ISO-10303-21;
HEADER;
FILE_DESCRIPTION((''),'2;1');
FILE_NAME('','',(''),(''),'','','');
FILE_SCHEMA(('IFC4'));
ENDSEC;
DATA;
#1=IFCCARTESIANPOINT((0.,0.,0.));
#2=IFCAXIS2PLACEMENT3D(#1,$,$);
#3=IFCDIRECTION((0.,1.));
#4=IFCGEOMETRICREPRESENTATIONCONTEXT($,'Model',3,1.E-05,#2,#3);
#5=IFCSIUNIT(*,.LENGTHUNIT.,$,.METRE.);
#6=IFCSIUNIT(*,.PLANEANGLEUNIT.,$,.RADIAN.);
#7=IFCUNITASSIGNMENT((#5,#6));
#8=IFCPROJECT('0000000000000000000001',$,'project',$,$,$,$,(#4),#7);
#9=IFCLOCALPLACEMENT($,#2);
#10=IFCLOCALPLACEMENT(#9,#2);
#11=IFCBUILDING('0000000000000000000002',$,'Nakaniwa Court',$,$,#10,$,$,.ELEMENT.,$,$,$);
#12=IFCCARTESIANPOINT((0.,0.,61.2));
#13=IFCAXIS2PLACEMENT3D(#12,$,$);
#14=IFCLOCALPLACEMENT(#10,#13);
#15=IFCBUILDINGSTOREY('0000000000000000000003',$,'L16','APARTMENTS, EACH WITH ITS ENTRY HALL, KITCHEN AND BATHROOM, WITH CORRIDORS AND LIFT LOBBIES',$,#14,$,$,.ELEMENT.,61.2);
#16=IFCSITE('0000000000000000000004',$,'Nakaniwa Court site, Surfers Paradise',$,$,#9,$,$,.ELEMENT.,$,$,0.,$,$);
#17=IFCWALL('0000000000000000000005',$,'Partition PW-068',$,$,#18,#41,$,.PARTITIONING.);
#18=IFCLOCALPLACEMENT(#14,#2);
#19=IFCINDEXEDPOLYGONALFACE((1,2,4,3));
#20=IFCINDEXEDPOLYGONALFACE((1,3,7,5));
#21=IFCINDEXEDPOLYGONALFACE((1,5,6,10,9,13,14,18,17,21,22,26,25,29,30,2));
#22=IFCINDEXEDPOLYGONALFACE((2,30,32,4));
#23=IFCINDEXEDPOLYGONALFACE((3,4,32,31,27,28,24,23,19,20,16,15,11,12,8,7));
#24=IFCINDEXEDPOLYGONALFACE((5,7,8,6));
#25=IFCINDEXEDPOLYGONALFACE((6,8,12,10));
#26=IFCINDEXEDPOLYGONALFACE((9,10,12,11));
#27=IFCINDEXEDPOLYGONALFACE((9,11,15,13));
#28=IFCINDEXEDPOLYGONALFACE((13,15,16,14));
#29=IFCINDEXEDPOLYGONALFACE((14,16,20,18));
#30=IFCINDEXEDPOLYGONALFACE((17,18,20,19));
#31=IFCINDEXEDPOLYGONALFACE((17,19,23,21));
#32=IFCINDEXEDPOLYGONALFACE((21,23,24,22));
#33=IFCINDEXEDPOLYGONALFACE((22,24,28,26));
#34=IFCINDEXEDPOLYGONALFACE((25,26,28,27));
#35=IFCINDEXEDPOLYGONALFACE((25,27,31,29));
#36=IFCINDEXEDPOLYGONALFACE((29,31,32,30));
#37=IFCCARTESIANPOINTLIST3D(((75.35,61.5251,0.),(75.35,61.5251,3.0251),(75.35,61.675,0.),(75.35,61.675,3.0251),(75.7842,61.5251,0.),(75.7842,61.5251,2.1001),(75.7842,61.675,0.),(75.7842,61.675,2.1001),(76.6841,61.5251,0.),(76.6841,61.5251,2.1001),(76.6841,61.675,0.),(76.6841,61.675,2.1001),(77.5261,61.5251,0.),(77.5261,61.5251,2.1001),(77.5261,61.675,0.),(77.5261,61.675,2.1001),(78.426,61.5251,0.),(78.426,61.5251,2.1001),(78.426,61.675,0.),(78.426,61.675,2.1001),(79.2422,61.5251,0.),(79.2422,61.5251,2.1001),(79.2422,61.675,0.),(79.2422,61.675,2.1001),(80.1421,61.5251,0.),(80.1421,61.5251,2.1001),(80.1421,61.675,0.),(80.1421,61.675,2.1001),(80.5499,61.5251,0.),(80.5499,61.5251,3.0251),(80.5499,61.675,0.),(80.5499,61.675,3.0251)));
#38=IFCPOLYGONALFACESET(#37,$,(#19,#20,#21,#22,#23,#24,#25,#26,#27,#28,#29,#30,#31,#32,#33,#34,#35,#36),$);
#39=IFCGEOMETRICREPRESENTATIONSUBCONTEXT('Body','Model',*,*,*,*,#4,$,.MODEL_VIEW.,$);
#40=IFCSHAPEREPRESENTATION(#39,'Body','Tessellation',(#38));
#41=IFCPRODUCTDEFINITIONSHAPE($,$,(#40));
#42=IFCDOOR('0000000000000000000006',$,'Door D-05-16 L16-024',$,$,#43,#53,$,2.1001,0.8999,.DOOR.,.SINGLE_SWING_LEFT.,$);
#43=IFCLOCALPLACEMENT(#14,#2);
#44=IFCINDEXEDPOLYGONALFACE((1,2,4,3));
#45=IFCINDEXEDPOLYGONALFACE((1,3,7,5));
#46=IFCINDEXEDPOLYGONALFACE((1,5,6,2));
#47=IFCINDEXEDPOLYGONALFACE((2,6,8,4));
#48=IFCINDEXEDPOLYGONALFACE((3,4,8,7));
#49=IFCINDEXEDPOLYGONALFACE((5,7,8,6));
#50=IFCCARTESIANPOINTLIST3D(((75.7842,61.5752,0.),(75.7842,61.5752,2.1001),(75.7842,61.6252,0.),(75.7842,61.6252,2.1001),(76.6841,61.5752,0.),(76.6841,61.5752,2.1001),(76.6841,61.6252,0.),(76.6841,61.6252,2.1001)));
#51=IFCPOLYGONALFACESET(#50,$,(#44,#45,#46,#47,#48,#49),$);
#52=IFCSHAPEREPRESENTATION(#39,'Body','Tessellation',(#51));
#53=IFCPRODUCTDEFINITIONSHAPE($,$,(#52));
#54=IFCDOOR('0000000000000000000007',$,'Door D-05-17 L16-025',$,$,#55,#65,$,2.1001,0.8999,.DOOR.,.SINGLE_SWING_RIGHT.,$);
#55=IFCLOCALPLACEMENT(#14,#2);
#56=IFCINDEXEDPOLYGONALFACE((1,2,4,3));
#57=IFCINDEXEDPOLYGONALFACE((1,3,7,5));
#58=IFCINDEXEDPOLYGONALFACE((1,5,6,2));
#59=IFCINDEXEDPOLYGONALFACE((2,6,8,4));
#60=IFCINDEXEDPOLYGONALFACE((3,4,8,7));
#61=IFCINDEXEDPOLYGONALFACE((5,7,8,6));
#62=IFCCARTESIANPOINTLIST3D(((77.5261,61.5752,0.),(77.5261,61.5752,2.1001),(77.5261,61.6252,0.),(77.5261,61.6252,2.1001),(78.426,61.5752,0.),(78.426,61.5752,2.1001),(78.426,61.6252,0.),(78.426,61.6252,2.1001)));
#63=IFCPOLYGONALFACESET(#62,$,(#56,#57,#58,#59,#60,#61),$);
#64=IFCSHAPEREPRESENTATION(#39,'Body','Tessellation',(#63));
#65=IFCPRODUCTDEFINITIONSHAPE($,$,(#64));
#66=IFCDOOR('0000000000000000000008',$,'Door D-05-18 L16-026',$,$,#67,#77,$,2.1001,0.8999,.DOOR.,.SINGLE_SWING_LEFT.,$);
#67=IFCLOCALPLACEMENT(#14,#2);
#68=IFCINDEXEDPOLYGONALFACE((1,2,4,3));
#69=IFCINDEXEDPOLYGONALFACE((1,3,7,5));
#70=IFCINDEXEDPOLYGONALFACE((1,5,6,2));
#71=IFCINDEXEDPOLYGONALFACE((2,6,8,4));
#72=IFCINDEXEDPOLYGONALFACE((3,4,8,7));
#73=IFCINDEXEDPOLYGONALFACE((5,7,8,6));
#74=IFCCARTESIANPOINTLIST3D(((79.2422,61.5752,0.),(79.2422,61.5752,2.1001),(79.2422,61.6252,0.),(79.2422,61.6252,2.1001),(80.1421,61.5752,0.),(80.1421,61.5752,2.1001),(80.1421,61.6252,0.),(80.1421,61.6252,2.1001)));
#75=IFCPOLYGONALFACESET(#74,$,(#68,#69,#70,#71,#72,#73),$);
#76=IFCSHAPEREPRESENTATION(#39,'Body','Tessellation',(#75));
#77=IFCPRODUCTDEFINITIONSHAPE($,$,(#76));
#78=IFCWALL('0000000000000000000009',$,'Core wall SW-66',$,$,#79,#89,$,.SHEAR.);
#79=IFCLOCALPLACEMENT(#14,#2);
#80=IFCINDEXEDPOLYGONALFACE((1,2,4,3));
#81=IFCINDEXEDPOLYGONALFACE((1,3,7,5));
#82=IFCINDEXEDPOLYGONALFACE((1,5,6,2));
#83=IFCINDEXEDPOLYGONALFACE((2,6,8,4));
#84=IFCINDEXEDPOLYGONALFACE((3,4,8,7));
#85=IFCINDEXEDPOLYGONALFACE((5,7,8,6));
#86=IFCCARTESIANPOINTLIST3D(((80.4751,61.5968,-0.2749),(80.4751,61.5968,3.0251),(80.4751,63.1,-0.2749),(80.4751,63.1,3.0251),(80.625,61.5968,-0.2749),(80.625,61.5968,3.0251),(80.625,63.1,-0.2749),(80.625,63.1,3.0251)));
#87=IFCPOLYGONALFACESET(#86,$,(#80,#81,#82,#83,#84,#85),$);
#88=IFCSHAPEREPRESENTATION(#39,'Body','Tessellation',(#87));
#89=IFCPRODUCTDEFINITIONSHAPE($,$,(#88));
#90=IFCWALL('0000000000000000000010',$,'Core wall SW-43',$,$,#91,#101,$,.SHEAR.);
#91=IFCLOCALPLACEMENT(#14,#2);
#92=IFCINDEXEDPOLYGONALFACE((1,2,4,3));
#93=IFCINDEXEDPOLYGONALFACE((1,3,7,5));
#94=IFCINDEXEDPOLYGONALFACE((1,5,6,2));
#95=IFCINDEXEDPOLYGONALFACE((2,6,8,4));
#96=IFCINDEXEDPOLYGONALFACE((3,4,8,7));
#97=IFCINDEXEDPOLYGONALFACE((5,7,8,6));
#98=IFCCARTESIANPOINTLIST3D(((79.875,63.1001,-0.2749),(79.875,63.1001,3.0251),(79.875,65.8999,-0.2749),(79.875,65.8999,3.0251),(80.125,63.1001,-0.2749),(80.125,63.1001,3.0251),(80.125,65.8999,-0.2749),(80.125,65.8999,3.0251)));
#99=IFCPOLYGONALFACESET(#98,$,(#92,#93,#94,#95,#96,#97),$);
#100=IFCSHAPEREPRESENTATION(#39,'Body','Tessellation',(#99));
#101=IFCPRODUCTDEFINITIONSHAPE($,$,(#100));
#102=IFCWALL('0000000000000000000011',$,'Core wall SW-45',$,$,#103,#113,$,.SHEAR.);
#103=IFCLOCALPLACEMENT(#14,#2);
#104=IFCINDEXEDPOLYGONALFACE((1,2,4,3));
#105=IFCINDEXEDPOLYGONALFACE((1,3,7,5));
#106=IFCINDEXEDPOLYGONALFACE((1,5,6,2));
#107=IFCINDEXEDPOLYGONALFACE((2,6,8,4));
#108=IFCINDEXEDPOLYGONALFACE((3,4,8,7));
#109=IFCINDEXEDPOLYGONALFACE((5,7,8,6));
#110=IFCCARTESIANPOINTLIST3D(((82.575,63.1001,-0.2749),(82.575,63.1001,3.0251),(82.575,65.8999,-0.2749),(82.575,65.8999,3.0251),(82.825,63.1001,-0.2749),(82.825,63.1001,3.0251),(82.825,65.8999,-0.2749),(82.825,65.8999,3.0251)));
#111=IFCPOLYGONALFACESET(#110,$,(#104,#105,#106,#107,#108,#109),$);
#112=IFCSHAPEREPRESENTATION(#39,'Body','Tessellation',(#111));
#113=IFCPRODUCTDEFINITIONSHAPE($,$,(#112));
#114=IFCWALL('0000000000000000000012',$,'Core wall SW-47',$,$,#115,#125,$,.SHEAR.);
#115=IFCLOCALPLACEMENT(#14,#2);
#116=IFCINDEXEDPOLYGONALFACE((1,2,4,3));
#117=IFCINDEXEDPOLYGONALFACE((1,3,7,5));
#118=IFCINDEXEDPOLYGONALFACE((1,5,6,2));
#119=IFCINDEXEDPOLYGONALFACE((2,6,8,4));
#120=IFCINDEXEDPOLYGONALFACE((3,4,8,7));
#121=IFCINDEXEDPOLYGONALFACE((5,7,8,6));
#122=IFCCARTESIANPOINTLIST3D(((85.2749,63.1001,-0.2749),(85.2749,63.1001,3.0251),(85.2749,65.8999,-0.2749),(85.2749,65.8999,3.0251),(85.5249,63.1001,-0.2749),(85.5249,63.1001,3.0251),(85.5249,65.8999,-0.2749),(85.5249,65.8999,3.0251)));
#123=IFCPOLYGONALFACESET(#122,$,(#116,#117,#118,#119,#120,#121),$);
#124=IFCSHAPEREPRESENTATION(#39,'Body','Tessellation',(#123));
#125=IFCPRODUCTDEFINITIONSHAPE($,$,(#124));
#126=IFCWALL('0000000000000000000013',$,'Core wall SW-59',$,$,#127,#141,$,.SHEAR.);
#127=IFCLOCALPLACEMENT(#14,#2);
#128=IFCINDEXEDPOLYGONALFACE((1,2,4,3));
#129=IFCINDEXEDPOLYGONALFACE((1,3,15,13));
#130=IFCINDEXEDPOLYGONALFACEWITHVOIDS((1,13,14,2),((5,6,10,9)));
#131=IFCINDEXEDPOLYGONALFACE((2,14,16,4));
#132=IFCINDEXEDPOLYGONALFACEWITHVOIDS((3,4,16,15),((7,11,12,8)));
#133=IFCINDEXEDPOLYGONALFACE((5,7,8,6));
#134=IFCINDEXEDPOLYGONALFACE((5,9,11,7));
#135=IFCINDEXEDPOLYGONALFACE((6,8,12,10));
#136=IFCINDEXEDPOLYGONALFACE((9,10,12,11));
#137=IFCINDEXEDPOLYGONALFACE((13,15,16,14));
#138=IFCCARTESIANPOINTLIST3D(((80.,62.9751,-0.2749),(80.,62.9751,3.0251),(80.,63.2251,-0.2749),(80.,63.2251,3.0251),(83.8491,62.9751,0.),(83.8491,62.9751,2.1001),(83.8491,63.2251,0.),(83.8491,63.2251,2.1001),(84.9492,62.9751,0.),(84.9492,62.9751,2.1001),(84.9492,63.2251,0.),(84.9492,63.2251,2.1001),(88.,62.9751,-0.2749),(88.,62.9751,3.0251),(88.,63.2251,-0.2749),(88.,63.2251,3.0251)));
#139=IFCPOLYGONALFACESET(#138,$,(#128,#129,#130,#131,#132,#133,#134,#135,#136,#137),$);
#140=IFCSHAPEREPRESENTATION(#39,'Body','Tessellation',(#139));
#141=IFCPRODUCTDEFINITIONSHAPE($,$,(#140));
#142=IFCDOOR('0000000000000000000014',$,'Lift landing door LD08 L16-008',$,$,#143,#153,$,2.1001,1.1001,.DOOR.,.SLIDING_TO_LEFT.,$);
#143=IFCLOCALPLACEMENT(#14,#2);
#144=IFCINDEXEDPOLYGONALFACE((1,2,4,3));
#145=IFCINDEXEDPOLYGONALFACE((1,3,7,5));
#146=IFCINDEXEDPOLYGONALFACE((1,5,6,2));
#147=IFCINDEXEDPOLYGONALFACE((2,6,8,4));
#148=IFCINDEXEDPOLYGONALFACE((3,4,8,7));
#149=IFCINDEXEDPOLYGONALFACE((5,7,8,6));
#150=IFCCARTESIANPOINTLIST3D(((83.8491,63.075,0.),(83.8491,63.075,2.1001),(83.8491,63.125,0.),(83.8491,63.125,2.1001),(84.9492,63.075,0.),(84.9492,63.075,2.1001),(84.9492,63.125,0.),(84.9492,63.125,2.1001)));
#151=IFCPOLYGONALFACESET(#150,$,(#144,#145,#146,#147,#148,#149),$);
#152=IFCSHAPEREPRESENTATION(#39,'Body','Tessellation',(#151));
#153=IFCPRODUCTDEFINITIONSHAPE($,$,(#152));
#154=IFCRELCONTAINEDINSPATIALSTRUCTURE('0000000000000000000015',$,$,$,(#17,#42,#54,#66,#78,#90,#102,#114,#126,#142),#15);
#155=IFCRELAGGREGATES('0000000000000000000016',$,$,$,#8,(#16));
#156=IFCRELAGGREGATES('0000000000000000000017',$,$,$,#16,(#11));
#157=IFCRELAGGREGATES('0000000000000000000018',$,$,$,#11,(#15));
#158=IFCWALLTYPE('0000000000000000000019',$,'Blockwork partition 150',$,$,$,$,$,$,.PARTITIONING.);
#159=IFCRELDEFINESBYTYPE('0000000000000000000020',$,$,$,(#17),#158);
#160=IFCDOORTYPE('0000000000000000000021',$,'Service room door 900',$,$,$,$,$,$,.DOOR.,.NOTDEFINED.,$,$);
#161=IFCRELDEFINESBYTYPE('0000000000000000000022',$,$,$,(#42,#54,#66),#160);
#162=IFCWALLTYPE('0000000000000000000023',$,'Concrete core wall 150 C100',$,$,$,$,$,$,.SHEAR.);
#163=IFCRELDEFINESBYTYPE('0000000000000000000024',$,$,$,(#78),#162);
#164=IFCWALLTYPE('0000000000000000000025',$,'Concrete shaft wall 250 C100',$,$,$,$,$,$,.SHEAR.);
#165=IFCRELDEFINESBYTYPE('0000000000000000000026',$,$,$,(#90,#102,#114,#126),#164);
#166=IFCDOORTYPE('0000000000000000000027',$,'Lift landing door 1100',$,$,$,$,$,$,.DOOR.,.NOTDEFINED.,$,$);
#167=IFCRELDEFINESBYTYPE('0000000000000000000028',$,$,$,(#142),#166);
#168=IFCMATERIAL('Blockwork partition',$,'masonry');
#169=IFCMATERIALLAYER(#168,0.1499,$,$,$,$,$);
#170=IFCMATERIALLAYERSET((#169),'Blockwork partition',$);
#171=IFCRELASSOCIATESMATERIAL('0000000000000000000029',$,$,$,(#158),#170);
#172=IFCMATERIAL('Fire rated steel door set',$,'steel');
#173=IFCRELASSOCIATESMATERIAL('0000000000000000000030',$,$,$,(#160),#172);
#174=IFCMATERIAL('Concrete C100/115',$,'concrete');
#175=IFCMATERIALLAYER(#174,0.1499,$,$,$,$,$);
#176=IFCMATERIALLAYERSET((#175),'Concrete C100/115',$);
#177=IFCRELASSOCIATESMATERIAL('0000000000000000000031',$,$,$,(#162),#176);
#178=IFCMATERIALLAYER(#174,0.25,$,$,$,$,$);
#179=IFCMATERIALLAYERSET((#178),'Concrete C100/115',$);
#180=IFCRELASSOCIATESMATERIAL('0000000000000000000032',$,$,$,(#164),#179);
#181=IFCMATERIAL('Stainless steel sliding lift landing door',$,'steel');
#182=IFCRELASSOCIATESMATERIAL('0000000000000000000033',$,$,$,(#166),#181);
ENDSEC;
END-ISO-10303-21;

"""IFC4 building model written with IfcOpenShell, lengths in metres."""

from ifc_helpers import new_model, si_unit, direction, frame, frame_2d, origin, place, context, subcontext, project, spatial, rectangle, extrude, material, layer, layer_set, type_object, element, fill, save


model = new_model("IFC4")

# Units and contexts
model_context = context("Model", 3, precision=1e-05, world=origin(), true_north=direction((0.0, 1.0)))
body_context = subcontext(model_context, "Body", "Model", "MODEL_VIEW")
ifc_project = project(units=[si_unit("LENGTHUNIT", "METRE"), si_unit("PLANEANGLEUNIT", "RADIAN")], contexts=[model_context])

# Site, building, storey
site_placement = place(None, origin())
site = spatial("IfcSite", under=ifc_project, at=site_placement, Name="Nakaniwa Court site, Surfers Paradise", CompositionType="ELEMENT", RefElevation=0.0)
building_placement = place(site_placement, origin())
building = spatial("IfcBuilding", under=site, at=building_placement, Name="Nakaniwa Court", CompositionType="ELEMENT")
storey_placement = place(building_placement, frame((0.0, 0.0, 61.2)))
storey = spatial("IfcBuildingStorey", under=building, at=storey_placement, Name="L16", Description="APARTMENTS, EACH WITH ITS ENTRY HALL, KITCHEN AND BATHROOM, WITH CORRIDORS AND LIFT LOBBIES", CompositionType="ELEMENT", Elevation=61.2)

# Shared definitions
ifc_material_1 = material(Name="Blockwork partition", Category="masonry")
ifc_layer_1 = layer(ifc_material_1, 0.1499)
ifc_layer_set_1 = layer_set([ifc_layer_1], Name="Blockwork partition")
wall_type_1 = type_object("IfcWallType", Name="Blockwork partition 150", PredefinedType="PARTITIONING", material=ifc_layer_set_1)
ifc_material_2 = material(Name="Fire rated steel door set", Category="steel")

# Wall, openings, doors
wall_1_placement = place(storey_placement, frame((80.55, 61.6001, 0.0), z_axis=(0.0, 0.0, 1.0), x_axis=(-1.0, 0.0, 0.0)))
wall_1 = element("IfcWall", 1, at=wall_1_placement, inside=storey, type_object=wall_type_1, Name="Partition PW-068", PredefinedType="PARTITIONING", context=body_context, shape_type="SweptSolid", body=[
    extrude(rectangle(XDim=5.2, YDim=0.1499, at=frame_2d((2.6001, 0.0))), origin(), (0.0, 0.0, 1.0), 3.0251),
])
opening_1_placement = place(wall_1_placement, frame((3.866, 0.0, 0.0)))
opening_1 = element("IfcOpeningElement", 2, at=opening_1_placement, cuts=wall_1, PredefinedType="OPENING", context=body_context, shape_type="SweptSolid", body=[
    extrude(rectangle(XDim=0.8999, YDim=2.1001, at=frame_2d((0.45, 1.05))), frame((0.0, 0.085, 0.0), z_axis=(0.0, -1.0, 0.0), x_axis=(1.0, 0.0, 0.0)), (0.0, 0.0, 1.0), 0.1699),
])
opening_2_placement = place(wall_1_placement, frame((2.124, 0.0, 0.0)))
opening_2 = element("IfcOpeningElement", 3, at=opening_2_placement, cuts=wall_1, PredefinedType="OPENING", context=body_context, shape_type="SweptSolid", body=[
    extrude(rectangle(XDim=0.8999, YDim=2.1001, at=frame_2d((0.45, 1.05))), frame((0.0, 0.085, 0.0), z_axis=(0.0, -1.0, 0.0), x_axis=(1.0, 0.0, 0.0)), (0.0, 0.0, 1.0), 0.1699),
])
opening_3_placement = place(wall_1_placement, frame((0.408, 0.0, 0.0)))
opening_3 = element("IfcOpeningElement", 4, at=opening_3_placement, cuts=wall_1, PredefinedType="OPENING", context=body_context, shape_type="SweptSolid", body=[
    extrude(rectangle(XDim=0.8999, YDim=2.1001, at=frame_2d((0.45, 1.05))), frame((0.0, 0.085, 0.0), z_axis=(0.0, -1.0, 0.0), x_axis=(1.0, 0.0, 0.0)), (0.0, 0.0, 1.0), 0.1699),
])
door_type_1 = type_object("IfcDoorType", Name="Service room door 900", OperationType="NOTDEFINED", PredefinedType="DOOR", material=ifc_material_2)
door_1_placement = place(opening_1_placement, origin())
door_1 = element("IfcDoor", 5, at=door_1_placement, inside=storey, type_object=door_type_1, Name="Door D-05-16 L16-024", OperationType="SINGLE_SWING_LEFT", OverallHeight=2.1001, OverallWidth=0.8999, PredefinedType="DOOR", context=body_context, shape_type="SweptSolid", body=[
    extrude(rectangle(XDim=0.8999, YDim=2.1001, at=frame_2d((0.45, 1.05))), frame((0.0, 0.0249, 0.0), z_axis=(0.0, -1.0, 0.0), x_axis=(1.0, 0.0, 0.0)), (0.0, 0.0, 1.0), 0.05),
])
fill(opening_1, door_1)
door_2_placement = place(opening_2_placement, origin())
door_2 = element("IfcDoor", 6, at=door_2_placement, inside=storey, type_object=door_type_1, Name="Door D-05-17 L16-025", OperationType="SINGLE_SWING_RIGHT", OverallHeight=2.1001, OverallWidth=0.8999, PredefinedType="DOOR", context=body_context, shape_type="SweptSolid", body=[
    extrude(rectangle(XDim=0.8999, YDim=2.1001, at=frame_2d((0.45, 1.05))), frame((0.0, 0.0249, 0.0), z_axis=(0.0, -1.0, 0.0), x_axis=(1.0, 0.0, 0.0)), (0.0, 0.0, 1.0), 0.05),
])
fill(opening_2, door_2)
door_3_placement = place(opening_3_placement, origin())
door_3 = element("IfcDoor", 7, at=door_3_placement, inside=storey, type_object=door_type_1, Name="Door D-05-18 L16-026", OperationType="SINGLE_SWING_LEFT", OverallHeight=2.1001, OverallWidth=0.8999, PredefinedType="DOOR", context=body_context, shape_type="SweptSolid", body=[
    extrude(rectangle(XDim=0.8999, YDim=2.1001, at=frame_2d((0.45, 1.05))), frame((0.0, 0.0249, 0.0), z_axis=(0.0, -1.0, 0.0), x_axis=(1.0, 0.0, 0.0)), (0.0, 0.0, 1.0), 0.05),
])
fill(opening_3, door_3)

# Walls
ifc_material_3 = material(Name="Concrete C100/115", Category="concrete")
ifc_layer_2 = layer(ifc_material_3, 0.1499)
ifc_layer_set_2 = layer_set([ifc_layer_2], Name="Concrete C100/115")
wall_type_2 = type_object("IfcWallType", Name="Concrete core wall 150 C100", PredefinedType="SHEAR", material=ifc_layer_set_2)
wall_2_placement = place(storey_placement, frame((80.55, 61.5969, -0.2749), z_axis=(0.0, 0.0, 1.0), x_axis=(0.0, 1.0, 0.0)))
element("IfcWall", 8, at=wall_2_placement, inside=storey, type_object=wall_type_2, Name="Core wall SW-66", PredefinedType="SHEAR", context=body_context, shape_type="SweptSolid", body=[
    extrude(rectangle(XDim=1.5032, YDim=0.1499, at=frame_2d((0.7515, 0.0))), origin(), (0.0, 0.0, 1.0), 3.3),
])
ifc_layer_3 = layer(ifc_material_3, 0.25)
ifc_layer_set_3 = layer_set([ifc_layer_3], Name="Concrete C100/115")
wall_type_3 = type_object("IfcWallType", Name="Concrete shaft wall 250 C100", PredefinedType="SHEAR", material=ifc_layer_set_3)
for number, where, z_axis, x_axis, name in (
    (9, (80.0, 63.1001, -0.2749), (0.0, 0.0, 1.0), (0.0, 1.0, 0.0), "Core wall SW-43"),
    (10, (82.7, 63.1001, -0.2749), (0.0, 0.0, 1.0), (0.0, 1.0, 0.0), "Core wall SW-45"),
    (11, (85.3999, 63.1001, -0.2749), (0.0, 0.0, 1.0), (0.0, 1.0, 0.0), "Core wall SW-47"),
):
    element("IfcWall", number, at=place(storey_placement, frame(where, z_axis=z_axis, x_axis=x_axis)), inside=storey, type_object=wall_type_3, Name=name, PredefinedType="SHEAR", context=body_context, shape_type="SweptSolid", body=[
        extrude(rectangle(XDim=2.7998, YDim=0.25, at=frame_2d((1.3999, 0.0))), origin(), (0.0, 0.0, 1.0), 3.3),
    ])

# Wall, opening, door
wall_3_placement = place(storey_placement, frame((80.0, 63.1001, -0.2749), z_axis=(0.0, 0.0, 1.0), x_axis=(1.0, 0.0, 0.0)))
wall_3 = element("IfcWall", 12, at=wall_3_placement, inside=storey, type_object=wall_type_3, Name="Core wall SW-59", PredefinedType="SHEAR", context=body_context, shape_type="SweptSolid", body=[
    extrude(rectangle(XDim=8.0, YDim=0.25, at=frame_2d((4.0, 0.0))), origin(), (0.0, 0.0, 1.0), 3.3),
])
opening_4_placement = place(wall_3_placement, frame((3.8491, 0.0, 0.2749)))
opening_4 = element("IfcOpeningElement", 13, at=opening_4_placement, cuts=wall_3, PredefinedType="OPENING", context=body_context, shape_type="SweptSolid", body=[
    extrude(rectangle(XDim=1.1001, YDim=2.1001, at=frame_2d((0.55, 1.05))), frame((0.0, 0.135, 0.0), z_axis=(0.0, -1.0, 0.0), x_axis=(1.0, 0.0, 0.0)), (0.0, 0.0, 1.0), 0.27),
])
ifc_material_4 = material(Name="Stainless steel sliding lift landing door", Category="steel")
door_type_2 = type_object("IfcDoorType", Name="Lift landing door 1100", OperationType="NOTDEFINED", PredefinedType="DOOR", material=ifc_material_4)
door_4_placement = place(opening_4_placement, origin())
door_4 = element("IfcDoor", 14, at=door_4_placement, inside=storey, type_object=door_type_2, Name="Lift landing door LD08 L16-008", OperationType="SLIDING_TO_LEFT", OverallHeight=2.1001, OverallWidth=1.1001, PredefinedType="DOOR", context=body_context, shape_type="SweptSolid", body=[
    extrude(rectangle(XDim=1.1001, YDim=2.1001, at=frame_2d((0.55, 1.05))), frame((0.0, 0.0249, 0.0), z_axis=(0.0, -1.0, 0.0), x_axis=(1.0, 0.0, 0.0)), (0.0, 0.0, 1.0), 0.05),
])
fill(opening_4, door_4)

save(model, "model.ifc")
